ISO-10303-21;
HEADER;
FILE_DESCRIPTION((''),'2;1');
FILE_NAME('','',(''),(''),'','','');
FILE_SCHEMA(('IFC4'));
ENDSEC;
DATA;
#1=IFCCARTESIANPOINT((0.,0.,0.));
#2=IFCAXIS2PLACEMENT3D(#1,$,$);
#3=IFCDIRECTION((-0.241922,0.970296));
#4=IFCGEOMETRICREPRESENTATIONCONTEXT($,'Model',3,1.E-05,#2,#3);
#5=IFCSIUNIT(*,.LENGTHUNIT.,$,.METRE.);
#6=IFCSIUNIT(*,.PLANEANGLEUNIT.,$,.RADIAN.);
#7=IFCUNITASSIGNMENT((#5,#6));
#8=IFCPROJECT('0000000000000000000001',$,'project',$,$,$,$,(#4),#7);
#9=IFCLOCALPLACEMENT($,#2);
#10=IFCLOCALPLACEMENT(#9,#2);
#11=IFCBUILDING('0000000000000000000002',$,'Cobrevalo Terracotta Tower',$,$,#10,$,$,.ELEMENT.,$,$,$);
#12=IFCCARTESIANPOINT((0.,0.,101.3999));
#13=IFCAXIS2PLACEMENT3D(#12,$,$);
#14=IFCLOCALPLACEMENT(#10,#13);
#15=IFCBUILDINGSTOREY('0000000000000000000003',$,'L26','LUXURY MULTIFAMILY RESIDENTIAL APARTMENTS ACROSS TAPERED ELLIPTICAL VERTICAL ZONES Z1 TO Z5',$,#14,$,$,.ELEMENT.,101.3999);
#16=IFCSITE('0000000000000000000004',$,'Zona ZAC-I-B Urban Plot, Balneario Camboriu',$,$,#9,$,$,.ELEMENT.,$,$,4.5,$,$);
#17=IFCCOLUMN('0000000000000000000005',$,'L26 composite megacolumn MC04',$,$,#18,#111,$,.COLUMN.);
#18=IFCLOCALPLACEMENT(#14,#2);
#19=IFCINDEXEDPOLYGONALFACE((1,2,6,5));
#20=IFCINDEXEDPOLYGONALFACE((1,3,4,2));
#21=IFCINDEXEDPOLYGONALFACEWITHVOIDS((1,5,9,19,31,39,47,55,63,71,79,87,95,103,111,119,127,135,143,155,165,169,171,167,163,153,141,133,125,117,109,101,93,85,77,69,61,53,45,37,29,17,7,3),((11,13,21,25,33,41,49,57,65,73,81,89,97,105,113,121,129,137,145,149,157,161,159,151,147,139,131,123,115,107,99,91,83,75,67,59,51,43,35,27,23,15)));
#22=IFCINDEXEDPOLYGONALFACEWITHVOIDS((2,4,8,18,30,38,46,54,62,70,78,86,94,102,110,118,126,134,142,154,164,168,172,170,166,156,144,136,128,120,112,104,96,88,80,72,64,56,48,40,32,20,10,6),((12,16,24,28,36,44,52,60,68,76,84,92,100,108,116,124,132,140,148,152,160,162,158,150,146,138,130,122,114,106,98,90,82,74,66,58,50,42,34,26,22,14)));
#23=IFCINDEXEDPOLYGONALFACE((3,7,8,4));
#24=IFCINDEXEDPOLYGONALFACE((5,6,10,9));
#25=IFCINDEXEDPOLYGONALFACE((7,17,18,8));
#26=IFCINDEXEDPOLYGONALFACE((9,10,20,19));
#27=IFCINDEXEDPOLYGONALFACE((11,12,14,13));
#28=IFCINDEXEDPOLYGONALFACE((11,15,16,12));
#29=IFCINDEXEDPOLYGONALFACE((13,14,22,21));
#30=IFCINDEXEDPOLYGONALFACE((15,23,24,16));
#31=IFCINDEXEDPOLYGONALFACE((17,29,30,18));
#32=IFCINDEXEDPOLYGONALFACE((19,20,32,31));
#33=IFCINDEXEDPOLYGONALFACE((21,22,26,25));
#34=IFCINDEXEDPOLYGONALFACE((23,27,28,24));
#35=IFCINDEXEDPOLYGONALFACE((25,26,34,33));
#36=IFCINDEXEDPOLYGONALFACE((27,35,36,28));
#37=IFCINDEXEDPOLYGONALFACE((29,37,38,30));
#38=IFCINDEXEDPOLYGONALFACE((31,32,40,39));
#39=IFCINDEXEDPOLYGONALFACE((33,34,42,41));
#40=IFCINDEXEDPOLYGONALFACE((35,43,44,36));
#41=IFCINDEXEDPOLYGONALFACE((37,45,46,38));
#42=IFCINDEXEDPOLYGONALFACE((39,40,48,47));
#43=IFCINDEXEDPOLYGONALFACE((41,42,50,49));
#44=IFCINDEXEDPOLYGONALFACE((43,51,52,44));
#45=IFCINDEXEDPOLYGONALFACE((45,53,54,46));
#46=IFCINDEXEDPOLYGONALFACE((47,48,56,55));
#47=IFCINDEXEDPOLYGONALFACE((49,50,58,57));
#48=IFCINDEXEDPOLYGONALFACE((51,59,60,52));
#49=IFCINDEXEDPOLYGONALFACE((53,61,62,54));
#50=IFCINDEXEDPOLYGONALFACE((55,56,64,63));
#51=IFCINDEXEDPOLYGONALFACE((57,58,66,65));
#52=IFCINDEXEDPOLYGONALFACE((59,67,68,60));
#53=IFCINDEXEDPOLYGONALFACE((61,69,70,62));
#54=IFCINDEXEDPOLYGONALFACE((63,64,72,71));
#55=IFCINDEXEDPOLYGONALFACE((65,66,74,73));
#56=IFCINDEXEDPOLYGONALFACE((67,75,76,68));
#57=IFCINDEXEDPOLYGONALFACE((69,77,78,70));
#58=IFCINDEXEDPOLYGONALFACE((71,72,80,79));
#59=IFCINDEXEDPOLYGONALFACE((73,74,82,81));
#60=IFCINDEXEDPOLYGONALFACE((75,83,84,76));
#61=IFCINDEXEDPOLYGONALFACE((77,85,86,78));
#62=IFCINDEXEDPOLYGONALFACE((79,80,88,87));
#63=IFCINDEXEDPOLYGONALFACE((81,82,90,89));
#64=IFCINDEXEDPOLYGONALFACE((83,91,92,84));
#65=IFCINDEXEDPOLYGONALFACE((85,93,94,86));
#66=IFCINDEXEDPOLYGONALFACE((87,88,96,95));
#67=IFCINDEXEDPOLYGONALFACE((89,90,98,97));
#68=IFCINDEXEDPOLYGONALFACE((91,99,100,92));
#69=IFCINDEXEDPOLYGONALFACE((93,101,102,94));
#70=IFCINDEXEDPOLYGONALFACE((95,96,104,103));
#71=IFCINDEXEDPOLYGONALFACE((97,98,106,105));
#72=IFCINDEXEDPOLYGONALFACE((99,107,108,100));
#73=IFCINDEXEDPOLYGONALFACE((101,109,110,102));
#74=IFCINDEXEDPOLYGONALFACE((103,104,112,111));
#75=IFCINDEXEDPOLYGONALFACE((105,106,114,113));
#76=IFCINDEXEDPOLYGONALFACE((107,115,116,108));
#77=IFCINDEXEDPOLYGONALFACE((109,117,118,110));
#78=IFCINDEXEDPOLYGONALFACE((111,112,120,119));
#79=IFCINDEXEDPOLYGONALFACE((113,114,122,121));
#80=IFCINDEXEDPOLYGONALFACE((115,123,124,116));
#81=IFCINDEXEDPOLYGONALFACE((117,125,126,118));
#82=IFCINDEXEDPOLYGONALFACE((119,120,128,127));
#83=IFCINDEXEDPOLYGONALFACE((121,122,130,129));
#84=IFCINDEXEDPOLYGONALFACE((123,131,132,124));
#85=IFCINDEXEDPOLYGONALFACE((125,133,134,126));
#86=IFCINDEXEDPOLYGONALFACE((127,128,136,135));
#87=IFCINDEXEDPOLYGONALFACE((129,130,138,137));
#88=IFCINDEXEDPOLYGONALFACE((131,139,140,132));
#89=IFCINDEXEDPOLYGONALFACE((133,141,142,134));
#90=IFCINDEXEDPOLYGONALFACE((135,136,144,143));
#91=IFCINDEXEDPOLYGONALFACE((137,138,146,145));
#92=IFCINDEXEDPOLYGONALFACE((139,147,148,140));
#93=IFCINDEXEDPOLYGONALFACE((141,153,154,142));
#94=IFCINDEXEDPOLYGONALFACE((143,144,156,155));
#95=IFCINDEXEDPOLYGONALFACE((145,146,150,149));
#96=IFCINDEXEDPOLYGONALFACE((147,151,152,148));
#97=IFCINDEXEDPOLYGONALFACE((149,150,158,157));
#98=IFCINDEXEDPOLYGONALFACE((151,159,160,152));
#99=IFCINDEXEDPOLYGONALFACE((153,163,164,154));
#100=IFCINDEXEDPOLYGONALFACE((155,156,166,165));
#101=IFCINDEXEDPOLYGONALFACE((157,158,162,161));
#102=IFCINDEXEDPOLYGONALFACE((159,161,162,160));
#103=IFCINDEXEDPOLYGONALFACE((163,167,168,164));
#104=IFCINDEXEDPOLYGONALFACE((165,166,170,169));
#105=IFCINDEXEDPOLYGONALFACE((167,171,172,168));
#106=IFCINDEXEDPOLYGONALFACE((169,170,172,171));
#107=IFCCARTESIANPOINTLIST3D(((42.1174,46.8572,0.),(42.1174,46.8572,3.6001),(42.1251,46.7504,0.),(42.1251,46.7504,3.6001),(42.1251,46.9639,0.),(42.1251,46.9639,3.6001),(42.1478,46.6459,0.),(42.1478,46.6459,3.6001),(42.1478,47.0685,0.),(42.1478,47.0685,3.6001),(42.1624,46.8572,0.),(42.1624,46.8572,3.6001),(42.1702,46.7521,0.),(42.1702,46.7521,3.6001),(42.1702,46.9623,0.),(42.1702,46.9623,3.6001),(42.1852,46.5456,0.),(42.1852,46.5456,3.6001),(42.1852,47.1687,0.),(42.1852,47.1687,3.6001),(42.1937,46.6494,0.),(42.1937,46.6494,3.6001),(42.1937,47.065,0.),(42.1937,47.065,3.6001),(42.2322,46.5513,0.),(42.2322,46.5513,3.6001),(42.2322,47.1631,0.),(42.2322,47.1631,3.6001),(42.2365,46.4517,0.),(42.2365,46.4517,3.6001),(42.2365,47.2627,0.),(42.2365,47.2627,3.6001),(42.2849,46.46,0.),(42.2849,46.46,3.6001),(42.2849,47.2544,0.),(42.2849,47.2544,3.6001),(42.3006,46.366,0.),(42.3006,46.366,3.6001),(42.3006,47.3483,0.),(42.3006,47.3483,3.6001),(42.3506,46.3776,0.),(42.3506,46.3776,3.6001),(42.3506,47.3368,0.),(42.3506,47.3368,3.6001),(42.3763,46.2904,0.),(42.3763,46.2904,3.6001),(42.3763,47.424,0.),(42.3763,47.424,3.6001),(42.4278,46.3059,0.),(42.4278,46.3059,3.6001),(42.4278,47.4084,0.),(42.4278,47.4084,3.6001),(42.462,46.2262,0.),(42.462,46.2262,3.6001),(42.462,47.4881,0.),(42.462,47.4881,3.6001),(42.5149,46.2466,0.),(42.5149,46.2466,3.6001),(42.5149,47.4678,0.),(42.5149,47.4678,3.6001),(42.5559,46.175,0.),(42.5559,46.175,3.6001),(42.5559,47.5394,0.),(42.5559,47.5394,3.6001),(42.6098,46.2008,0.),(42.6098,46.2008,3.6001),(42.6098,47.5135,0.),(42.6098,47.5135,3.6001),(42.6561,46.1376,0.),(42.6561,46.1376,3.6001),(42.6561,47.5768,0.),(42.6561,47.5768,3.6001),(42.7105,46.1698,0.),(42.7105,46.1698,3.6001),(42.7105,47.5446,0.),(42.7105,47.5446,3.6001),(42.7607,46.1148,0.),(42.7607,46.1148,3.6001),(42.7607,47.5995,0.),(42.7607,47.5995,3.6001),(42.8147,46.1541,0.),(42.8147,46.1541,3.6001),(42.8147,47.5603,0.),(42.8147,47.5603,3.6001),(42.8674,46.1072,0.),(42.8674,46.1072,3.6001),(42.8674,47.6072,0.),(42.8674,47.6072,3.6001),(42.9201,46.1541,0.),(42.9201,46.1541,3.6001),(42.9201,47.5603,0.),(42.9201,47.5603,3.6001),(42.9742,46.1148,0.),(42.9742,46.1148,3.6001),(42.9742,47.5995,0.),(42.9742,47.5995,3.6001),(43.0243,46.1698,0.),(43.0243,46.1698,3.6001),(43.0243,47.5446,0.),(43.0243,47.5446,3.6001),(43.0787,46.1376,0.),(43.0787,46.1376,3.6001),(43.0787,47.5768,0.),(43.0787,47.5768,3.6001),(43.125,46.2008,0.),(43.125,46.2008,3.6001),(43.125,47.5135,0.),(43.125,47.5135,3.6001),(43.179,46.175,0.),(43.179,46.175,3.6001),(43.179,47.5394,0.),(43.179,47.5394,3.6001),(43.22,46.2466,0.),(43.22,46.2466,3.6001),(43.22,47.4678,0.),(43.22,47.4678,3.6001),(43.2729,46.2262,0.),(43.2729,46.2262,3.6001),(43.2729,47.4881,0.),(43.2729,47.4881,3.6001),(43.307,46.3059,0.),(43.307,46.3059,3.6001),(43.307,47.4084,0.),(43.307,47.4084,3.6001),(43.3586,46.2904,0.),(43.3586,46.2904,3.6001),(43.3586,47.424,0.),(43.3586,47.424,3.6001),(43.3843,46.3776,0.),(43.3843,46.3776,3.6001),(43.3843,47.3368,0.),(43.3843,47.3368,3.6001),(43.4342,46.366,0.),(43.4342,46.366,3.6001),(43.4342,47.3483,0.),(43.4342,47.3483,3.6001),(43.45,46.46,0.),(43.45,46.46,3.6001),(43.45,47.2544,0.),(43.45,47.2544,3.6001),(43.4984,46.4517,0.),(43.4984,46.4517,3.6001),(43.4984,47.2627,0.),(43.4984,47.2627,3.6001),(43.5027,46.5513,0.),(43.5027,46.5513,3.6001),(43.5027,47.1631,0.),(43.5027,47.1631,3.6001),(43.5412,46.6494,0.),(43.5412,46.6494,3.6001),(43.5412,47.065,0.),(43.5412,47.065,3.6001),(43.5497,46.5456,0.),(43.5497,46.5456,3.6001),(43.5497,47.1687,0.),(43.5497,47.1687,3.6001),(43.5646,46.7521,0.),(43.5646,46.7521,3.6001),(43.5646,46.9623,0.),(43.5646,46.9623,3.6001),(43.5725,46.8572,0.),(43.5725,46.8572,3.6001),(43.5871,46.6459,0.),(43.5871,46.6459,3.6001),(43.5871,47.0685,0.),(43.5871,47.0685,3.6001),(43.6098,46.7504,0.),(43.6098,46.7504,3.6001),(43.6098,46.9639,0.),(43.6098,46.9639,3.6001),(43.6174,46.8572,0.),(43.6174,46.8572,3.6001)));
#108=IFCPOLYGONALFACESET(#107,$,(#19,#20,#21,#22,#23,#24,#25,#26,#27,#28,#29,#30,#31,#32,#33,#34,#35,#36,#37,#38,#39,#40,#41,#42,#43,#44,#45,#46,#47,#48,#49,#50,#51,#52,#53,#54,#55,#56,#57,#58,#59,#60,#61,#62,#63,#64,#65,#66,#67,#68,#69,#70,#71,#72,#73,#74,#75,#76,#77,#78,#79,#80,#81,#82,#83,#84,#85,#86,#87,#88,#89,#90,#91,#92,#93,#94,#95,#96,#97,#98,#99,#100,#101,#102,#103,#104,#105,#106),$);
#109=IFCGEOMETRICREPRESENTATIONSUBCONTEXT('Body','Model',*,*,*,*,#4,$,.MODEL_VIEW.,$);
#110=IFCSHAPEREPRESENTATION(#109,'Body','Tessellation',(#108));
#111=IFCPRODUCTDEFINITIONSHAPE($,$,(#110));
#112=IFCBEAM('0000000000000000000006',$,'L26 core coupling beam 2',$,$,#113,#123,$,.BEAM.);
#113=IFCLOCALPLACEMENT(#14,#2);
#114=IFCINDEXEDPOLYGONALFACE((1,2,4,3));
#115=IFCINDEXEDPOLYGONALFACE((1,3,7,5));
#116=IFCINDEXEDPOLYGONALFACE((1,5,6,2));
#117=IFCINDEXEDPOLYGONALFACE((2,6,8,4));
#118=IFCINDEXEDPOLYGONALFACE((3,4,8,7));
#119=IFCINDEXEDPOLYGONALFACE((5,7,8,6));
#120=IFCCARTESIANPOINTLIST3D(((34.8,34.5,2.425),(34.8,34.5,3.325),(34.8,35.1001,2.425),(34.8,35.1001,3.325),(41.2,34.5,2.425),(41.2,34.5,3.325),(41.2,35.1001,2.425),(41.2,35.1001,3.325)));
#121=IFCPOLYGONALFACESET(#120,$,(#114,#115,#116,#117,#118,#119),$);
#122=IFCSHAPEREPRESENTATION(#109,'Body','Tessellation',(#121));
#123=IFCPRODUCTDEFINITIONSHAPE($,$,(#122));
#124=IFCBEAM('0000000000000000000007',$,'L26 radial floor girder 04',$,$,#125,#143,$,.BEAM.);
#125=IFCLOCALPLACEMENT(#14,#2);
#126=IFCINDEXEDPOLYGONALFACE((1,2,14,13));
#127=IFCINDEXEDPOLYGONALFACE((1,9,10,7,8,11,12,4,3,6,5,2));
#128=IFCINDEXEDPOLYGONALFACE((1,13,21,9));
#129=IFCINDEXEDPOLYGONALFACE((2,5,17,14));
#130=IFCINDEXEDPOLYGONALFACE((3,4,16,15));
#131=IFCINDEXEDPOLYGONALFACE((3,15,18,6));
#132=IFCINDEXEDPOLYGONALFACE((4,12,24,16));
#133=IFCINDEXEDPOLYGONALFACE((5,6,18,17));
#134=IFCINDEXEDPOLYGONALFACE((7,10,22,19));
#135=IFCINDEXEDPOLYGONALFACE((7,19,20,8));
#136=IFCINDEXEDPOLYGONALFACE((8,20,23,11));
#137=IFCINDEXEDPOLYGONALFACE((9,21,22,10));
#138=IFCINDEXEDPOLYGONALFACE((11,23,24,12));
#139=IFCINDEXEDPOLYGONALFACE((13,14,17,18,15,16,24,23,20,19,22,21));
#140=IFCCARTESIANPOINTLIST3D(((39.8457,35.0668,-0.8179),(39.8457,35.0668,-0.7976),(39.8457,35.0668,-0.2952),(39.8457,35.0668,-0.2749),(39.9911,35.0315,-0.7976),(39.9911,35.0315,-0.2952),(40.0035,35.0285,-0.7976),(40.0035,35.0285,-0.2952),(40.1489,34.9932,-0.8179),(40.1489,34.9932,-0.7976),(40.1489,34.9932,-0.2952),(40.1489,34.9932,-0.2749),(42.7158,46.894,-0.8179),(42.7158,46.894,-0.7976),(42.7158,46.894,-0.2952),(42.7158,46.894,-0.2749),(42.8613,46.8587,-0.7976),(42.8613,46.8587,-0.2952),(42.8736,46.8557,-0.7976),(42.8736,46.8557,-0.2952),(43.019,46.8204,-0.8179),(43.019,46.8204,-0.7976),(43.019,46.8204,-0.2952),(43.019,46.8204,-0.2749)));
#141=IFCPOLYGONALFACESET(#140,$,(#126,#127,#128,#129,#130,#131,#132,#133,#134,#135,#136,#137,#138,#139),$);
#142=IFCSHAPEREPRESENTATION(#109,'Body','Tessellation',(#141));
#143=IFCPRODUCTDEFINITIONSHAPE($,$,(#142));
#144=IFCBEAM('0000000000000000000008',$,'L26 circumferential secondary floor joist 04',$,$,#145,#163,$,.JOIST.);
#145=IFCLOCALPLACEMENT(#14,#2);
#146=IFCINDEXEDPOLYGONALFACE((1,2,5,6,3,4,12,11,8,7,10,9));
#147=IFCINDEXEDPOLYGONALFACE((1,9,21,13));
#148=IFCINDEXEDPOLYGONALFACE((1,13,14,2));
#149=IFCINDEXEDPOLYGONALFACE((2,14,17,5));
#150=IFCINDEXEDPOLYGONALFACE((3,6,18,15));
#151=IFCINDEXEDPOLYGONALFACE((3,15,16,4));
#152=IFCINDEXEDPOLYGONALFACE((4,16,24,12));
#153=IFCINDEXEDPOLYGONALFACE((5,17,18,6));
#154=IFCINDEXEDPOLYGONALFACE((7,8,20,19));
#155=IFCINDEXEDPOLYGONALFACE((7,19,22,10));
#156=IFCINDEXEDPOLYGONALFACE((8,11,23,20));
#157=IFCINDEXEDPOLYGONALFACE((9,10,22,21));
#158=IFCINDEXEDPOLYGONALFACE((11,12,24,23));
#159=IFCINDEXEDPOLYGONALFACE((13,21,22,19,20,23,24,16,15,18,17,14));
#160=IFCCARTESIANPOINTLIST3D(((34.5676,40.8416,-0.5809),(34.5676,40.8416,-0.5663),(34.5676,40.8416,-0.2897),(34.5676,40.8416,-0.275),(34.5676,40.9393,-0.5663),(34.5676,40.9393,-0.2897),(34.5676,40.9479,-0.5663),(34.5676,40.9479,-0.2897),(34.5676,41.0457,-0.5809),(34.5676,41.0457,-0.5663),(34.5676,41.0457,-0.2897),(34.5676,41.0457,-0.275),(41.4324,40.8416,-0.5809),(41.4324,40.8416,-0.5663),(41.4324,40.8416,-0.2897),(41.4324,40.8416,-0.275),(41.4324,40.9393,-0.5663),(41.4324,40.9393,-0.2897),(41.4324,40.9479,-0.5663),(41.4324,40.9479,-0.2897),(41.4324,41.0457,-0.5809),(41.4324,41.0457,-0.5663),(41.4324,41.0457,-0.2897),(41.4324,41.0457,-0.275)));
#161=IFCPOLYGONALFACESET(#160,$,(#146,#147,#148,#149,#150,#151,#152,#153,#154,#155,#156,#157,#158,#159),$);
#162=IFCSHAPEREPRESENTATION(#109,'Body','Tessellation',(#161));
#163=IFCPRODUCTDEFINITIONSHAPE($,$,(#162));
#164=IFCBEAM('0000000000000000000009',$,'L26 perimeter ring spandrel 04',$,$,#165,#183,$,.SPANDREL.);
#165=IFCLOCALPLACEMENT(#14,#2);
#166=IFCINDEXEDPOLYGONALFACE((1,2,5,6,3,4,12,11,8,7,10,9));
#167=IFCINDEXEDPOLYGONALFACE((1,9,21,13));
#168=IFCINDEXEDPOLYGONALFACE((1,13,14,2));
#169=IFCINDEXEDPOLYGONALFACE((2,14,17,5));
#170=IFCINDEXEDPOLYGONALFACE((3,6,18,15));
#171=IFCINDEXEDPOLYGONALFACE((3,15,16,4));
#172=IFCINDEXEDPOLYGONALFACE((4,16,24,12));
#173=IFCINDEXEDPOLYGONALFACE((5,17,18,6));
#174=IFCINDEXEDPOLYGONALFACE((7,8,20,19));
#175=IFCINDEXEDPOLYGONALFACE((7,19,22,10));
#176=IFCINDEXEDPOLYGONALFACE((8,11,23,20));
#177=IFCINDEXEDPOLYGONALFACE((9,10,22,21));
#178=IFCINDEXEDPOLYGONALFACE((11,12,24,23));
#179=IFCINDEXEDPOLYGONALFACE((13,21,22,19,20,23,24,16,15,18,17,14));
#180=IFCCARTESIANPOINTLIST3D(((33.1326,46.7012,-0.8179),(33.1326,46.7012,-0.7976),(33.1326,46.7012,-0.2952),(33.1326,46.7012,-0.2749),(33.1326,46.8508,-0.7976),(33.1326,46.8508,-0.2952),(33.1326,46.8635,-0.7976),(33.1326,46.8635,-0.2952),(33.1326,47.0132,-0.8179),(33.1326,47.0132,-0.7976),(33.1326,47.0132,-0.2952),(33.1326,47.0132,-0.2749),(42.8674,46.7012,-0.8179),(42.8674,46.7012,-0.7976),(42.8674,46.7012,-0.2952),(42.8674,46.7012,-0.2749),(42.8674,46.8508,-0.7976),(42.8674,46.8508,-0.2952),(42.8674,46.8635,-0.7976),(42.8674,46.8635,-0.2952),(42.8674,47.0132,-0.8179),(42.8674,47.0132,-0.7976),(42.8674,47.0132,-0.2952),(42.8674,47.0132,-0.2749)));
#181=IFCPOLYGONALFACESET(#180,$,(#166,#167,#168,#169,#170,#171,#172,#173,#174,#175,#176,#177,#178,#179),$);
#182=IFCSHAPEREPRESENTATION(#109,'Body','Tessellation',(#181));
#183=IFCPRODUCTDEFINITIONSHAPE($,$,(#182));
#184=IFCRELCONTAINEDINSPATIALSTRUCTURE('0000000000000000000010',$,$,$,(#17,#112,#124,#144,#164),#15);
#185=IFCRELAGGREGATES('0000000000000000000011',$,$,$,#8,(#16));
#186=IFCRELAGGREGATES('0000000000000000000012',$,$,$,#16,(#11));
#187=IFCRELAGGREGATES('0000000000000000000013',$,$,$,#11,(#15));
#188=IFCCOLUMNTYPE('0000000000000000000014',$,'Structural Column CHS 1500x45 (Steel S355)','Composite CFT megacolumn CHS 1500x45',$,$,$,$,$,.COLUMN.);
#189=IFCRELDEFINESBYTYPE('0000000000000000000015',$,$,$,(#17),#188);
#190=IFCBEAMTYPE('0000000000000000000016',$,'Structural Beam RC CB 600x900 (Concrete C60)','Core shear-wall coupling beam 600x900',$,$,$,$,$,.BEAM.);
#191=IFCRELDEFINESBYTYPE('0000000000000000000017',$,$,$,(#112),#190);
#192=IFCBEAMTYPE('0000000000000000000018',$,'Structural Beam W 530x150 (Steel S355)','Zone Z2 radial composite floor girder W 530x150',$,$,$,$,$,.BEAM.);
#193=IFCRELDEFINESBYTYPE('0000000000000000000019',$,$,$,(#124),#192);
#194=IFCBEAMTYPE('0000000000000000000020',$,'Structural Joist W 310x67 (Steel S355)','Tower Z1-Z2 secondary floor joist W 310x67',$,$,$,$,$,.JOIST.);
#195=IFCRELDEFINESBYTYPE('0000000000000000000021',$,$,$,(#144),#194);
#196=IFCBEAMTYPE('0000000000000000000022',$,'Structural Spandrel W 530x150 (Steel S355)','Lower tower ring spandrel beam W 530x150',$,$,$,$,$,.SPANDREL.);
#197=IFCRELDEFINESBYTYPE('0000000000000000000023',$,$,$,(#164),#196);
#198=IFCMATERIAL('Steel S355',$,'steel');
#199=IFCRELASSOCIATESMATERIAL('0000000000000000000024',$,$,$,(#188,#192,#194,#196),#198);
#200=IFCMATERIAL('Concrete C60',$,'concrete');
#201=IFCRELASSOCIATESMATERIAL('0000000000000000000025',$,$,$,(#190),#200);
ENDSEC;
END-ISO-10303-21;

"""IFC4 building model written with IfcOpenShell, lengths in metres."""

from ifc_helpers import new_model, si_unit, direction, frame, origin, origin_2d, place, context, subcontext, project, spatial, rectangle, hollow_circle, i_section, extrude, material, material_profile, profile_set, type_object, element, save


model = new_model("IFC4")

# Units and contexts
model_context = context("Model", 3, precision=1e-05, world=origin(), true_north=direction((-0.241922, 0.970296)))
body_context = subcontext(model_context, "Body", "Model", "MODEL_VIEW")
ifc_project = project(units=[si_unit("LENGTHUNIT", "METRE"), si_unit("PLANEANGLEUNIT", "RADIAN")], contexts=[model_context])

# Site, building, storey
site_placement = place(None, origin())
site = spatial("IfcSite", under=ifc_project, at=site_placement, Name="Zona ZAC-I-B Urban Plot, Balneario Camboriu", CompositionType="ELEMENT", RefElevation=4.5)
building_placement = place(site_placement, origin())
building = spatial("IfcBuilding", under=site, at=building_placement, Name="Cobrevalo Terracotta Tower", CompositionType="ELEMENT")
storey_placement = place(building_placement, frame((0.0, 0.0, 101.3999)))
storey = spatial("IfcBuildingStorey", under=building, at=storey_placement, Name="L26", Description="LUXURY MULTIFAMILY RESIDENTIAL APARTMENTS ACROSS TAPERED ELLIPTICAL VERTICAL ZONES Z1 TO Z5", CompositionType="ELEMENT", Elevation=101.3999)

# Column
ifc_material_1 = material(Name="Steel S355", Category="steel")
ifc_material_profile_1 = material_profile(ifc_material_1, hollow_circle(Radius=0.75, WallThickness=0.0449, at=origin_2d()), Name="CHS 1500x45")
ifc_profile_set_1 = profile_set([ifc_material_profile_1], Name="Steel S355")
column_type = type_object("IfcColumnType", Name="Structural Column CHS 1500x45 (Steel S355)", Description="Composite CFT megacolumn CHS 1500x45", PredefinedType="COLUMN", material=ifc_profile_set_1)
column_placement = place(storey_placement, frame((42.8674, 46.8572, 0.0), z_axis=(0.0, 0.0, 1.0), x_axis=(1.0, 0.0, 0.0)))
element("IfcColumn", 1, at=column_placement, inside=storey, type_object=column_type, Name="L26 composite megacolumn MC04", PredefinedType="COLUMN", context=body_context, shape_type="SweptSolid", body=[
    extrude(hollow_circle(Radius=0.75, WallThickness=0.0449, at=origin_2d()), origin(), (0.0, 0.0, 1.0), 3.6001),
])

# Beams
ifc_material_2 = material(Name="Concrete C60", Category="concrete")
ifc_material_profile_2 = material_profile(ifc_material_2, rectangle(XDim=0.6001, YDim=0.8999, at=origin_2d()), Name="RC CB 600x900")
ifc_profile_set_2 = profile_set([ifc_material_profile_2], Name="Concrete C60")
beam_type_1 = type_object("IfcBeamType", Name="Structural Beam RC CB 600x900 (Concrete C60)", Description="Core shear-wall coupling beam 600x900", PredefinedType="BEAM", material=ifc_profile_set_2)
beam_1_placement = place(storey_placement, frame((34.8, 34.8, 2.875), z_axis=(1.0, 0.0, 0.0), x_axis=(0.0, 1.0, 0.0)))
element("IfcBeam", 2, at=beam_1_placement, inside=storey, type_object=beam_type_1, Name="L26 core coupling beam 2", PredefinedType="BEAM", context=body_context, shape_type="SweptSolid", body=[
    extrude(rectangle(XDim=0.6001, YDim=0.8999, at=origin_2d()), origin(), (0.0, 0.0, 1.0), 6.3999),
])
ifc_material_profile_3 = material_profile(ifc_material_1, i_section(OverallWidth=0.312, OverallDepth=0.543, WebThickness=0.0127, FlangeThickness=0.0203, at=origin_2d()), Name="W 530x150")
ifc_profile_set_3 = profile_set([ifc_material_profile_3], Name="Steel S355")
beam_type_2 = type_object("IfcBeamType", Name="Structural Beam W 530x150 (Steel S355)", Description="Zone Z2 radial composite floor girder W 530x150", PredefinedType="BEAM", material=ifc_profile_set_3)
beam_2_placement = place(storey_placement, frame((42.8674, 46.8572, -0.5464), z_axis=(-0.235827, -0.971795, 0.0), x_axis=(0.971795, -0.235827, 0.0)))
element("IfcBeam", 3, at=beam_2_placement, inside=storey, type_object=beam_type_2, Name="L26 radial floor girder 04", PredefinedType="BEAM", context=body_context, shape_type="SweptSolid", body=[
    extrude(i_section(OverallWidth=0.312, OverallDepth=0.543, WebThickness=0.0127, FlangeThickness=0.0203, at=origin_2d()), origin(), (0.0, 0.0, 1.0), 12.1704),
])
ifc_material_profile_4 = material_profile(ifc_material_1, i_section(OverallWidth=0.2041, OverallDepth=0.3059, WebThickness=0.0085, FlangeThickness=0.0146, at=origin_2d()), Name="W 310x67")
ifc_profile_set_4 = profile_set([ifc_material_profile_4], Name="Steel S355")
beam_type_3 = type_object("IfcBeamType", Name="Structural Joist W 310x67 (Steel S355)", Description="Tower Z1-Z2 secondary floor joist W 310x67", PredefinedType="JOIST", material=ifc_profile_set_4)
beam_3_placement = place(storey_placement, frame((41.4324, 40.9436, -0.428), z_axis=(-1.0, 0.0, 0.0), x_axis=(0.0, -1.0, 0.0)))
element("IfcBeam", 4, at=beam_3_placement, inside=storey, type_object=beam_type_3, Name="L26 circumferential secondary floor joist 04", PredefinedType="JOIST", context=body_context, shape_type="SweptSolid", body=[
    extrude(i_section(OverallWidth=0.2041, OverallDepth=0.3059, WebThickness=0.0085, FlangeThickness=0.0146, at=origin_2d()), origin(), (0.0, 0.0, 1.0), 6.8647),
])
ifc_material_profile_5 = material_profile(ifc_material_1, i_section(OverallWidth=0.312, OverallDepth=0.543, WebThickness=0.0127, FlangeThickness=0.0203, at=origin_2d()), Name="W 530x150")
ifc_profile_set_5 = profile_set([ifc_material_profile_5], Name="Steel S355")
beam_type_4 = type_object("IfcBeamType", Name="Structural Spandrel W 530x150 (Steel S355)", Description="Lower tower ring spandrel beam W 530x150", PredefinedType="SPANDREL", material=ifc_profile_set_5)
beam_4_placement = place(storey_placement, frame((42.8674, 46.8572, -0.5464), z_axis=(-1.0, 0.0, 0.0), x_axis=(0.0, -1.0, 0.0)))
element("IfcBeam", 5, at=beam_4_placement, inside=storey, type_object=beam_type_4, Name="L26 perimeter ring spandrel 04", PredefinedType="SPANDREL", context=body_context, shape_type="SweptSolid", body=[
    extrude(i_section(OverallWidth=0.312, OverallDepth=0.543, WebThickness=0.0127, FlangeThickness=0.0203, at=origin_2d()), origin(), (0.0, 0.0, 1.0), 9.7349),
])

save(model, "model.ifc")
